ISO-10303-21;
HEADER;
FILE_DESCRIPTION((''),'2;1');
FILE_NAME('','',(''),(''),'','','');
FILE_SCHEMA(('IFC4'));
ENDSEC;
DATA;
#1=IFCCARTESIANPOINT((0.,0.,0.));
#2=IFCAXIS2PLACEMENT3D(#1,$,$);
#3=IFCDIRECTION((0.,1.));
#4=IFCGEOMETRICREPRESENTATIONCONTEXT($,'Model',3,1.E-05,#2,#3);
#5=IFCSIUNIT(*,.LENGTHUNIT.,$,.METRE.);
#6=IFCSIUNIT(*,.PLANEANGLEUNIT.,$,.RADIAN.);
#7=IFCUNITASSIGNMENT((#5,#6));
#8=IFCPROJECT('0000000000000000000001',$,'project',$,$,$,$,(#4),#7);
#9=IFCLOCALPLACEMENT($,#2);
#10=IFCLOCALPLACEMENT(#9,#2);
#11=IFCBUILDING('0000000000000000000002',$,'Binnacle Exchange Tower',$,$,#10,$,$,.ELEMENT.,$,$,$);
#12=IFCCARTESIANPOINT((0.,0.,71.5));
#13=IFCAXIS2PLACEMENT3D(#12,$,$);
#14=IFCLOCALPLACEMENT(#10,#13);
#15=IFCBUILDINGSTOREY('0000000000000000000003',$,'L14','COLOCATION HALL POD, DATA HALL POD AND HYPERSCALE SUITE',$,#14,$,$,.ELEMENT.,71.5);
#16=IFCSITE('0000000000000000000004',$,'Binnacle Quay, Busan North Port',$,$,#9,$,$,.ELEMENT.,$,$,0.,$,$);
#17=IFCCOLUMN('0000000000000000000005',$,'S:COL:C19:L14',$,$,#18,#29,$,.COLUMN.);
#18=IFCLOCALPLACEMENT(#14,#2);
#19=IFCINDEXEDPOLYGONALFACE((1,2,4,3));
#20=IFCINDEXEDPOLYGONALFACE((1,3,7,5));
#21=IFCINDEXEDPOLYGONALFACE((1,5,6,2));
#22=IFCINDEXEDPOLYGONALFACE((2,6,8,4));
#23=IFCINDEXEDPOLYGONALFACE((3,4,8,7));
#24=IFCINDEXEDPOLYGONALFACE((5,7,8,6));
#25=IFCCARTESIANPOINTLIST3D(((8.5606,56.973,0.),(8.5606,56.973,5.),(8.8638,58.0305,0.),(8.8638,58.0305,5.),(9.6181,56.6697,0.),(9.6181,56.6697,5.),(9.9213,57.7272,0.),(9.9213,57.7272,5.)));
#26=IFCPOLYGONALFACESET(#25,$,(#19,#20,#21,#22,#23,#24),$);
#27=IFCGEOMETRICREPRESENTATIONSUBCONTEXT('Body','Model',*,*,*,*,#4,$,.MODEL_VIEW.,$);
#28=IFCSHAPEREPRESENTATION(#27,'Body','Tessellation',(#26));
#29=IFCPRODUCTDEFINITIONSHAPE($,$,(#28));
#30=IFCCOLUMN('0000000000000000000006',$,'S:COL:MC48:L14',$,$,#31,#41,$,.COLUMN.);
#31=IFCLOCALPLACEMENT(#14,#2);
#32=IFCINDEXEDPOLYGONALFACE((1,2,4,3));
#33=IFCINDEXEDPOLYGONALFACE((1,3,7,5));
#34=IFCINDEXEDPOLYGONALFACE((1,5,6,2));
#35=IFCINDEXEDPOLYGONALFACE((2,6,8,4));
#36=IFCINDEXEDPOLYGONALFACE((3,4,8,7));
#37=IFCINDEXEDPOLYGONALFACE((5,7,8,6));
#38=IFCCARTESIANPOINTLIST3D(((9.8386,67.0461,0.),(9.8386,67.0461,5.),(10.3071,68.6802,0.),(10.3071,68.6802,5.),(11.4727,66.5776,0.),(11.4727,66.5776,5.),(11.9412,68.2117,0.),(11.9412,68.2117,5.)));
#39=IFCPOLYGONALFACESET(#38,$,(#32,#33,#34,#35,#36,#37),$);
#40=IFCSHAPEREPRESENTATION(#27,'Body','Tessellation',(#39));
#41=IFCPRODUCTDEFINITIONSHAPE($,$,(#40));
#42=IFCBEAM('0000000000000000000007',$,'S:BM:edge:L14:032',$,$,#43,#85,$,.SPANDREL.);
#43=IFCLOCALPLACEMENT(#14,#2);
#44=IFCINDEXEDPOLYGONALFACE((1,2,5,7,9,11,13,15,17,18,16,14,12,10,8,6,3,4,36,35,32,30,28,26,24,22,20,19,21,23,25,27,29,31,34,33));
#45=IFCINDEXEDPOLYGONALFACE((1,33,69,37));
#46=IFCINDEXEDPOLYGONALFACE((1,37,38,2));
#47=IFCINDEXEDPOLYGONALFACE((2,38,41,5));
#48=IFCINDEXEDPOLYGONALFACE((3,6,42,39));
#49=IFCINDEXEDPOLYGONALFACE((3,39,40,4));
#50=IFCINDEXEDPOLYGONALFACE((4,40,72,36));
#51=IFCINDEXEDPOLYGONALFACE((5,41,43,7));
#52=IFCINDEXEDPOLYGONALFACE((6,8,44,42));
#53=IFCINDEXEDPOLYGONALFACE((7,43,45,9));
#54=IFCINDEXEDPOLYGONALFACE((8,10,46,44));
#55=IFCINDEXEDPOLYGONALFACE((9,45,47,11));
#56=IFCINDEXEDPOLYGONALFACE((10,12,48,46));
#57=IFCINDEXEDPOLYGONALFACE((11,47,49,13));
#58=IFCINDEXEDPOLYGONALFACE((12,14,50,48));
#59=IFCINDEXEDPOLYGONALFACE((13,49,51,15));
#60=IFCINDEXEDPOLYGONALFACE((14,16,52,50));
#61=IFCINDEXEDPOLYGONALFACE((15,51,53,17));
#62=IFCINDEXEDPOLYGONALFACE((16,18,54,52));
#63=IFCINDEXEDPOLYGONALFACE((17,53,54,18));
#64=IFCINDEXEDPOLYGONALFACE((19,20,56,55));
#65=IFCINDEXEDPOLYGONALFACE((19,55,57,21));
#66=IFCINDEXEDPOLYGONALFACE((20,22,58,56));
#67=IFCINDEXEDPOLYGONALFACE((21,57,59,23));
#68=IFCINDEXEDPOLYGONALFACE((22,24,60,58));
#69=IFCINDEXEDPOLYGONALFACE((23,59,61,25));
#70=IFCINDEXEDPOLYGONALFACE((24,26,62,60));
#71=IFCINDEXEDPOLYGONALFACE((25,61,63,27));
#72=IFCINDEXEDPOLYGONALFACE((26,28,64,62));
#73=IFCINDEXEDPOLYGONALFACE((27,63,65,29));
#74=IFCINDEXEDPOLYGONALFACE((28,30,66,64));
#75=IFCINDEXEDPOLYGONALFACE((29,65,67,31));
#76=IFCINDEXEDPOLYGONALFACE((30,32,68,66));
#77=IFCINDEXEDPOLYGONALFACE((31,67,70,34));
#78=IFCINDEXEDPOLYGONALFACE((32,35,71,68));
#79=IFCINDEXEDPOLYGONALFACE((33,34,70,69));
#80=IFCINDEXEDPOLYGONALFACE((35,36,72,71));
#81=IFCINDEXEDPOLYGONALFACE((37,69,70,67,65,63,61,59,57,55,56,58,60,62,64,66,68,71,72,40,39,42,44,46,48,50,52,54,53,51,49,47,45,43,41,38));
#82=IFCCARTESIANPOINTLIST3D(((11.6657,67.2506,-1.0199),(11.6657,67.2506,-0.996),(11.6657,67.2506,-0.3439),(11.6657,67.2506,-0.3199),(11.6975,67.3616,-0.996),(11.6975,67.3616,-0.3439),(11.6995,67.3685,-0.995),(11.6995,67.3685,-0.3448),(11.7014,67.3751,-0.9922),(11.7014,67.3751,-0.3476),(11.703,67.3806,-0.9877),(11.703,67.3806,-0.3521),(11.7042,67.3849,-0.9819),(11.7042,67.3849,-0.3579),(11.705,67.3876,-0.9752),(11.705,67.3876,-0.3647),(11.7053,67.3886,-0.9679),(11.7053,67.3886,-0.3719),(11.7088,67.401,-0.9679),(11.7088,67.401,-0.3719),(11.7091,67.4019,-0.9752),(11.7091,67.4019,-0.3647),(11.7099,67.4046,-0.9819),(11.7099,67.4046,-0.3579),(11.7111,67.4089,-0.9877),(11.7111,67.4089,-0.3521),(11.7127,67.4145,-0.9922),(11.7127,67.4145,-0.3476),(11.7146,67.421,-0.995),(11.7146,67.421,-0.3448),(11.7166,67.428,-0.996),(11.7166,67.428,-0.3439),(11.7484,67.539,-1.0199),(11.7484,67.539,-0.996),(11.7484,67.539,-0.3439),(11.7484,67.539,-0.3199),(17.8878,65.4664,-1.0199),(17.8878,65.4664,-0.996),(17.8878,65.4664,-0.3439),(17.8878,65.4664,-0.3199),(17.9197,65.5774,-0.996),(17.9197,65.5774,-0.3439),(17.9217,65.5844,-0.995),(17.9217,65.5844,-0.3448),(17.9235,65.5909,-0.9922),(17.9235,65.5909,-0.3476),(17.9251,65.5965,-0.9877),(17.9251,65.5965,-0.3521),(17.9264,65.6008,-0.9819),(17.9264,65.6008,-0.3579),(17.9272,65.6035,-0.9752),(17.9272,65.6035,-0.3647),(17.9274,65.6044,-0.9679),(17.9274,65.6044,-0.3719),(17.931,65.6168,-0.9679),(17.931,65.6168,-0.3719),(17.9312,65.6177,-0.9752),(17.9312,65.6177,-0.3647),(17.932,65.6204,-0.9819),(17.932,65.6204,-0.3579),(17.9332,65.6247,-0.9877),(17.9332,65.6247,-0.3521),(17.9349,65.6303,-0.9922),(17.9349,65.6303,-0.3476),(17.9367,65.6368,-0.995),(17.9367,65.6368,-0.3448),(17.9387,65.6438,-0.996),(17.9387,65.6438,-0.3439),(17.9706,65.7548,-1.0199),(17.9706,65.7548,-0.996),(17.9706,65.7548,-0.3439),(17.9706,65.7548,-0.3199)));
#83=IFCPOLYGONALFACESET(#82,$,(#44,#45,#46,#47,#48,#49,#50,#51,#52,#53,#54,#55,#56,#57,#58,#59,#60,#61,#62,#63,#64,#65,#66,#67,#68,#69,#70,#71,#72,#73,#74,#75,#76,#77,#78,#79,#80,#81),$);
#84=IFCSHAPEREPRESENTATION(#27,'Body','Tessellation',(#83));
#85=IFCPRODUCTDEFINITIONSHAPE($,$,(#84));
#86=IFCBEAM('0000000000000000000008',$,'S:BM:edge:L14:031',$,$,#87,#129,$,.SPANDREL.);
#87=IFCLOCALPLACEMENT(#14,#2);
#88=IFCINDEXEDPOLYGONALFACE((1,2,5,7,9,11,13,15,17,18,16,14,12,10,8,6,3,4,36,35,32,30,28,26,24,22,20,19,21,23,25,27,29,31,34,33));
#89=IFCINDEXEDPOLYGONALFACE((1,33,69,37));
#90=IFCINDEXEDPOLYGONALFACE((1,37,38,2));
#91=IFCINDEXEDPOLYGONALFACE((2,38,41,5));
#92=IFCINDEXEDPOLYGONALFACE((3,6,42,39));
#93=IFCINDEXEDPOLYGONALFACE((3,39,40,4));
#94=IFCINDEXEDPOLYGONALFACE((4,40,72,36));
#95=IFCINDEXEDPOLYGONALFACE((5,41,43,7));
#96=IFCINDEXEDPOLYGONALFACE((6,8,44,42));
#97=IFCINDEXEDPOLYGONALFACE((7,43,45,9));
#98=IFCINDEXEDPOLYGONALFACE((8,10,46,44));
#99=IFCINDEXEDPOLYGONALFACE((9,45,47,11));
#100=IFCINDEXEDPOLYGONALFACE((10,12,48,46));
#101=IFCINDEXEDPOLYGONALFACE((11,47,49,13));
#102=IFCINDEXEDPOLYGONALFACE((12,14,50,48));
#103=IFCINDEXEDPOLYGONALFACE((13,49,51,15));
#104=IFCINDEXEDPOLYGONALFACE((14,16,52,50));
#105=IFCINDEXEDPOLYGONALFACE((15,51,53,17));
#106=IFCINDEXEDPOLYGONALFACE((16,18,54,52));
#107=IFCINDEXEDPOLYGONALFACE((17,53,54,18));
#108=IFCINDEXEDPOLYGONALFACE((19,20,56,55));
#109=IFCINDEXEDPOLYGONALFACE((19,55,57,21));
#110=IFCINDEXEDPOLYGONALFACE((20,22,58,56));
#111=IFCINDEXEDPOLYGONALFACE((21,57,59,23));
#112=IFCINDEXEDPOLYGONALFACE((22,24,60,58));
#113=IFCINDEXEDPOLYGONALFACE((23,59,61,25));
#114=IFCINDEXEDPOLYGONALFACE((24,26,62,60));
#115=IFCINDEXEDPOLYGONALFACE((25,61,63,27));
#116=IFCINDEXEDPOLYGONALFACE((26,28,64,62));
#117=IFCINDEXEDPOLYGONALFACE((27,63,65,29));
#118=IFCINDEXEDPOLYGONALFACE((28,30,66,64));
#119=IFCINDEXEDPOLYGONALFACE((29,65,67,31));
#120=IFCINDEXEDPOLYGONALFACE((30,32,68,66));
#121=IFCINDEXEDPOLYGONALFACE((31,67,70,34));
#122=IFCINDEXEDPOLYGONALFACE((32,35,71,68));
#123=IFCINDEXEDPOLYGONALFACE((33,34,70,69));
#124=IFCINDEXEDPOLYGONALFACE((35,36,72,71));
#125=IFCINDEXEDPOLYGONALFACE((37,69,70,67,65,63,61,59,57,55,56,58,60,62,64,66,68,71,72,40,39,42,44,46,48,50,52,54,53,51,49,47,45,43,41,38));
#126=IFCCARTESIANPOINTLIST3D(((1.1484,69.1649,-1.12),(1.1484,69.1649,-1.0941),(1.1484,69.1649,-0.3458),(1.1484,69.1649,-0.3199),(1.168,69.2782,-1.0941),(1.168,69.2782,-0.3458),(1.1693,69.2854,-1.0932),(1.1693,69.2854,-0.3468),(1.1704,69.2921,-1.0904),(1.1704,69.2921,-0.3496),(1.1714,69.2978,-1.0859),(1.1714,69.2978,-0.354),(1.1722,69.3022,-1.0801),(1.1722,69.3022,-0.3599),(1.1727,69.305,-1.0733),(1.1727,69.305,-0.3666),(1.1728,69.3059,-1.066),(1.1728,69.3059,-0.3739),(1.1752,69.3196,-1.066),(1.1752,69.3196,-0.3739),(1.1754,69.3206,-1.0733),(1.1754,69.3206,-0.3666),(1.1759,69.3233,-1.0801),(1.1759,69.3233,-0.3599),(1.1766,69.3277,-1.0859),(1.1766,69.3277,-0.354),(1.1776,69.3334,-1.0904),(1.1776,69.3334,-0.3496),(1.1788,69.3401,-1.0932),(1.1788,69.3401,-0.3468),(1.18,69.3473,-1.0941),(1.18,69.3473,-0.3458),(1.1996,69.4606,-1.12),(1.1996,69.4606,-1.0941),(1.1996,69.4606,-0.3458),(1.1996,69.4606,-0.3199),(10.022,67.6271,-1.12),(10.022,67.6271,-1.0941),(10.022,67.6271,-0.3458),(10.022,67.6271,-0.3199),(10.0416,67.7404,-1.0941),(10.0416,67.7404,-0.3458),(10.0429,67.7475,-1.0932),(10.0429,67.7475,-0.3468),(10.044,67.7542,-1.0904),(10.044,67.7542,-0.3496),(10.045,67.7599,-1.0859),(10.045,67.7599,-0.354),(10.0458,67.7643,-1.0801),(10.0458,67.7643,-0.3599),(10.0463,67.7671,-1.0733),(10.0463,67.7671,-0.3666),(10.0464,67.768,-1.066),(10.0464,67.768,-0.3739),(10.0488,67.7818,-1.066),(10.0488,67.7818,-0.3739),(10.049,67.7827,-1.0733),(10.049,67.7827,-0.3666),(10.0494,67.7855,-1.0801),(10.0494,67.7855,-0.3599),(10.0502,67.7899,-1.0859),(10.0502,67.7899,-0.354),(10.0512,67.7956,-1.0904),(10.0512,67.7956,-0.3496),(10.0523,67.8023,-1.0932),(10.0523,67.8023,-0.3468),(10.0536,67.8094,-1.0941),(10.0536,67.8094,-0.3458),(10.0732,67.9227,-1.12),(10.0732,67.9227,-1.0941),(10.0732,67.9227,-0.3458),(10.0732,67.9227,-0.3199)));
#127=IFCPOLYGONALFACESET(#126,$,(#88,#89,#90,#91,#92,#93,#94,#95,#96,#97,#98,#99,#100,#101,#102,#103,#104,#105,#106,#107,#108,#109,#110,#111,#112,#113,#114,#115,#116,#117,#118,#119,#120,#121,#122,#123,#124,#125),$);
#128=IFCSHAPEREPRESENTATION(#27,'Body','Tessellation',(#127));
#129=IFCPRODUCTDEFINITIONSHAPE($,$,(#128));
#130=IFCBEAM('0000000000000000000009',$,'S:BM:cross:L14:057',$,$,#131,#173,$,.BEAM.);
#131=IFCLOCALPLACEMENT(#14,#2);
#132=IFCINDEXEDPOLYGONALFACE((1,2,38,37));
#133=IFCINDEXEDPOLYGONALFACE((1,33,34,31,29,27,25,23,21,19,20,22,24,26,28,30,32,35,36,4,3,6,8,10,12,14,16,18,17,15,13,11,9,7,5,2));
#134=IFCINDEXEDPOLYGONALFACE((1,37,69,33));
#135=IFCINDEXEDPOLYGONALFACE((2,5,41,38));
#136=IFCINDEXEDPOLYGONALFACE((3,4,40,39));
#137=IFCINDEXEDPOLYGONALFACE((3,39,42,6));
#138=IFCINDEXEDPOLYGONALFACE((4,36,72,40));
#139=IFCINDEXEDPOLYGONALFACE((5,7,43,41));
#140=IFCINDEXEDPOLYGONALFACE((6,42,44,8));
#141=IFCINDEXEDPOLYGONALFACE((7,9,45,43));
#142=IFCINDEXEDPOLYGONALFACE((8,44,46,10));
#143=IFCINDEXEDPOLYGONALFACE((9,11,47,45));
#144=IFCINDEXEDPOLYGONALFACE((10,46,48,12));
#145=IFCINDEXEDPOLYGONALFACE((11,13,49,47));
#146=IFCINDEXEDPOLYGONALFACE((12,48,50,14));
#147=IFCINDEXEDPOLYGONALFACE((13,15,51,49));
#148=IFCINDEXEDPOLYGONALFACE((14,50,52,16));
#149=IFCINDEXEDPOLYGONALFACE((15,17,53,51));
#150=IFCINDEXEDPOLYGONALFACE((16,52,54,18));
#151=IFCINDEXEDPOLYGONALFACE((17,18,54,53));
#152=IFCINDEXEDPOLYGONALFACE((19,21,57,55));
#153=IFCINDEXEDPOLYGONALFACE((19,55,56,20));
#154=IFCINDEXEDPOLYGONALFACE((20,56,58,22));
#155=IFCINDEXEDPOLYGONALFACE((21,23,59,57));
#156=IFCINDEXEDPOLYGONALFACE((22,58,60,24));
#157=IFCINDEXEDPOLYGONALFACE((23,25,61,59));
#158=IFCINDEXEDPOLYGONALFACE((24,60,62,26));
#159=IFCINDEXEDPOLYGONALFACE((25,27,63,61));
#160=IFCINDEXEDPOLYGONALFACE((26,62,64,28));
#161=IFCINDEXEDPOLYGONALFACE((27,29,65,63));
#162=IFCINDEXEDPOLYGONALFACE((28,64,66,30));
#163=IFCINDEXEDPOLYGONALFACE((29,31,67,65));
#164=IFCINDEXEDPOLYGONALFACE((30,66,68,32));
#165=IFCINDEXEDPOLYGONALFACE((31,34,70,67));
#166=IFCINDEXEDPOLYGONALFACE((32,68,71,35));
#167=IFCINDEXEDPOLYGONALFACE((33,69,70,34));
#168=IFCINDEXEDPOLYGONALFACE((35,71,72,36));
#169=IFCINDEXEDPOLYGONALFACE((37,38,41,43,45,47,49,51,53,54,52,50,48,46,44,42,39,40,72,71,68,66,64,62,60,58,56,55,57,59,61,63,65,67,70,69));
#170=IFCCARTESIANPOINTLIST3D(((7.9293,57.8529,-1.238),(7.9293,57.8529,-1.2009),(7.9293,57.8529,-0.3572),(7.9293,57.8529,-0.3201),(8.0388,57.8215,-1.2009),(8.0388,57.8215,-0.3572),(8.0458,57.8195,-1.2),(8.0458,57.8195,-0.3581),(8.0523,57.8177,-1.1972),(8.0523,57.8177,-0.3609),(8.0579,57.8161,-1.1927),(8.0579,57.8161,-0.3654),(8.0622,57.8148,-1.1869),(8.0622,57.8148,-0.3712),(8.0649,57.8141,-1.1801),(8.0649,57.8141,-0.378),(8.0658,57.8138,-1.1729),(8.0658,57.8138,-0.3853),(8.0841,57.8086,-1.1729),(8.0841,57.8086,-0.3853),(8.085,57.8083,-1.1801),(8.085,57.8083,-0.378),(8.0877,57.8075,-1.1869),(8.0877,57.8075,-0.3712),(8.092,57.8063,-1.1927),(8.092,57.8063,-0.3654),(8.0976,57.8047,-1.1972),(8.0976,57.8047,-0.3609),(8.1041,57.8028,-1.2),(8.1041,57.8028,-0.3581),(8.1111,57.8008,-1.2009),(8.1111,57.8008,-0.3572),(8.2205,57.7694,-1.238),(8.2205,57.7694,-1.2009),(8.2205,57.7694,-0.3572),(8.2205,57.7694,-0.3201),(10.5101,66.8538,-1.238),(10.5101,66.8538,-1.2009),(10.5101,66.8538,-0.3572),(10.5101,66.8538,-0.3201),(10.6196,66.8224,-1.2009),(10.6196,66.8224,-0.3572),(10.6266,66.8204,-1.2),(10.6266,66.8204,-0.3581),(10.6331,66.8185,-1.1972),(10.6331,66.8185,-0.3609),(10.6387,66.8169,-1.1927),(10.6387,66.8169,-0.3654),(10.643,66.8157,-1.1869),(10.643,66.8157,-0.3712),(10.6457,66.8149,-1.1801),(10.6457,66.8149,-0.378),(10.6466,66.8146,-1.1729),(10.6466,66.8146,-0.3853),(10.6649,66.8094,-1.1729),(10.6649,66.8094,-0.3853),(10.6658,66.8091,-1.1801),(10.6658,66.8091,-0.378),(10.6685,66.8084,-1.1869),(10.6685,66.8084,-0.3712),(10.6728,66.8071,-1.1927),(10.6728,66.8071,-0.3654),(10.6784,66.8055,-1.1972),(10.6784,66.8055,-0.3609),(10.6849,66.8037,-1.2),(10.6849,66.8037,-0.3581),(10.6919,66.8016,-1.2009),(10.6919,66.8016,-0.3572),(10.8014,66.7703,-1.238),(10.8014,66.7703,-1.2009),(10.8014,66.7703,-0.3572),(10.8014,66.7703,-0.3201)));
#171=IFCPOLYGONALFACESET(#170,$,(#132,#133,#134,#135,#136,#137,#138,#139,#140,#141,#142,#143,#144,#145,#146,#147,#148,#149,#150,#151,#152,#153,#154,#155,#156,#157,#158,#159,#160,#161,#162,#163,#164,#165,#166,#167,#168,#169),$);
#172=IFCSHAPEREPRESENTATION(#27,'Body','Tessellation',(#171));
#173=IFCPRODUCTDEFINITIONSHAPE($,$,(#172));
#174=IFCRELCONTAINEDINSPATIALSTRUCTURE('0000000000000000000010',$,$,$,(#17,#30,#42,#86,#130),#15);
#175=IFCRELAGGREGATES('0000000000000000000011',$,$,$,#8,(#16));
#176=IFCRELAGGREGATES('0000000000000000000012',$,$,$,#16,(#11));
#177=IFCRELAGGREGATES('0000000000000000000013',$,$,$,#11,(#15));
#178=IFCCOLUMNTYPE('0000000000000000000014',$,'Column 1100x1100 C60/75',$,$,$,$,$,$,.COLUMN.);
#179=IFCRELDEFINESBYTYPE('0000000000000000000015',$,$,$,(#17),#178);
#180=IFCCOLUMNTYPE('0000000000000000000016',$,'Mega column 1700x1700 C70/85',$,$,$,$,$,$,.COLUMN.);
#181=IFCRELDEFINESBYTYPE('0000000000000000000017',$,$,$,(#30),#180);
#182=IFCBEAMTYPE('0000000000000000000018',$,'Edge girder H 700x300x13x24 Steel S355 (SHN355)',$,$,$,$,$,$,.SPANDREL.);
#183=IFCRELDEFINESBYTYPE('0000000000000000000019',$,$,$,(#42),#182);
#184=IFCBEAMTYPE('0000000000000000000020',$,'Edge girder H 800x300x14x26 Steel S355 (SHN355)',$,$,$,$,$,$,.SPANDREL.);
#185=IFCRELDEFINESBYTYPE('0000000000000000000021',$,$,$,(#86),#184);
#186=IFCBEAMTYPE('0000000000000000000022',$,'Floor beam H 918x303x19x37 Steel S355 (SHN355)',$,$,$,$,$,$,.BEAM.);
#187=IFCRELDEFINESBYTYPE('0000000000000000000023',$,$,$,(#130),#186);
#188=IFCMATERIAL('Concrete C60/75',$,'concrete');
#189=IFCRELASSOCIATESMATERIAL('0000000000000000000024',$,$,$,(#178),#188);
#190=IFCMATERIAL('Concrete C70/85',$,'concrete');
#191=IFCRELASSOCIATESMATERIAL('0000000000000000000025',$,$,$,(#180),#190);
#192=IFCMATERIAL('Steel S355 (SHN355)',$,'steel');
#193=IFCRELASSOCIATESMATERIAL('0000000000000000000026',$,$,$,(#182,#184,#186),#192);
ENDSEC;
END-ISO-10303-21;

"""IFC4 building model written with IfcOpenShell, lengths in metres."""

from ifc_helpers import new_model, si_unit, direction, frame, origin, origin_2d, place, context, subcontext, project, spatial, rectangle, i_section, extrude, material, material_profile, profile_set, type_object, element, save


model = new_model("IFC4")

# Units and contexts
model_context = context("Model", 3, precision=1e-05, world=origin(), true_north=direction((0.0, 1.0)))
body_context = subcontext(model_context, "Body", "Model", "MODEL_VIEW")
ifc_project = project(units=[si_unit("LENGTHUNIT", "METRE"), si_unit("PLANEANGLEUNIT", "RADIAN")], contexts=[model_context])

# Site, building, storey
site_placement = place(None, origin())
site = spatial("IfcSite", under=ifc_project, at=site_placement, Name="Binnacle Quay, Busan North Port", CompositionType="ELEMENT", RefElevation=0.0)
building_placement = place(site_placement, origin())
building = spatial("IfcBuilding", under=site, at=building_placement, Name="Binnacle Exchange Tower", CompositionType="ELEMENT")
storey_placement = place(building_placement, frame((0.0, 0.0, 71.5)))
storey = spatial("IfcBuildingStorey", under=building, at=storey_placement, Name="L14", Description="COLOCATION HALL POD, DATA HALL POD AND HYPERSCALE SUITE", CompositionType="ELEMENT", Elevation=71.5)

# Columns
ifc_material_1 = material(Name="Concrete C60/75", Category="concrete")
ifc_material_profile_1 = material_profile(ifc_material_1, rectangle(XDim=1.1001, YDim=1.1001, at=origin_2d()), Name="Column 1100x1100 C60/75")
ifc_profile_set_1 = profile_set([ifc_material_profile_1], Name="Concrete C60/75")
column_type_1 = type_object("IfcColumnType", Name="Column 1100x1100 C60/75", PredefinedType="COLUMN", material=ifc_profile_set_1)
column_1_placement = place(storey_placement, frame((9.241, 57.3501, 0.0), z_axis=(0.0, 0.0, 1.0), x_axis=(0.961262, -0.275637, 0.0)))
element("IfcColumn", 1, at=column_1_placement, inside=storey, type_object=column_type_1, Name="S:COL:C19:L14", PredefinedType="COLUMN", context=body_context, shape_type="SweptSolid", body=[
    extrude(rectangle(XDim=1.1001, YDim=1.1001, at=origin_2d()), origin(), (0.0, 0.0, 1.0), 5.0),
])
ifc_material_2 = material(Name="Concrete C70/85", Category="concrete")
ifc_material_profile_2 = material_profile(ifc_material_2, rectangle(XDim=1.7, YDim=1.7, at=origin_2d()), Name="Mega column 1700x1700 C70/85")
ifc_profile_set_2 = profile_set([ifc_material_profile_2], Name="Concrete C70/85")
column_type_2 = type_object("IfcColumnType", Name="Mega column 1700x1700 C70/85", PredefinedType="COLUMN", material=ifc_profile_set_2)
column_2_placement = place(storey_placement, frame((10.8899, 67.6289, 0.0), z_axis=(0.0, 0.0, 1.0), x_axis=(-0.961262, 0.275637, 0.0)))
element("IfcColumn", 2, at=column_2_placement, inside=storey, type_object=column_type_2, Name="S:COL:MC48:L14", PredefinedType="COLUMN", context=body_context, shape_type="SweptSolid", body=[
    extrude(rectangle(XDim=1.7, YDim=1.7, at=origin_2d()), origin(), (0.0, 0.0, 1.0), 5.0),
])

# Beams
ifc_material_3 = material(Name="Steel S355 (SHN355)", Category="steel")
ifc_material_profile_3 = material_profile(ifc_material_3, i_section(OverallWidth=0.3, OverallDepth=0.7, WebThickness=0.0129, FlangeThickness=0.0239, FilletRadius=0.0281, at=origin_2d()), Name="H 700x300x13x24")
ifc_profile_set_3 = profile_set([ifc_material_profile_3], Name="Steel S355 (SHN355)")
beam_type_1 = type_object("IfcBeamType", Name="Edge girder H 700x300x13x24 Steel S355 (SHN355)", PredefinedType="SPANDREL", material=ifc_profile_set_3)
beam_1_placement = place(storey_placement, frame((17.9292, 65.6106, -0.6699), z_axis=(-0.961262, 0.275638, 0.0), x_axis=(-0.275638, -0.961262, 0.0)))
element("IfcBeam", 3, at=beam_1_placement, inside=storey, type_object=beam_type_1, Name="S:BM:edge:L14:032", PredefinedType="SPANDREL", context=body_context, shape_type="SweptSolid", body=[
    extrude(i_section(OverallWidth=0.3, OverallDepth=0.7, WebThickness=0.0129, FlangeThickness=0.0239, FilletRadius=0.0281, at=origin_2d()), origin(), (0.0, 0.0, 1.0), 6.4729),
])
ifc_material_profile_4 = material_profile(ifc_material_3, i_section(OverallWidth=0.3, OverallDepth=0.8, WebThickness=0.0139, FlangeThickness=0.0259, FilletRadius=0.0281, at=origin_2d()), Name="H 800x300x14x26")
ifc_profile_set_4 = profile_set([ifc_material_profile_4], Name="Steel S355 (SHN355)")
beam_type_2 = type_object("IfcBeamType", Name="Edge girder H 800x300x14x26 Steel S355 (SHN355)", PredefinedType="SPANDREL", material=ifc_profile_set_4)
beam_2_placement = place(storey_placement, frame((10.0476, 67.7749, -0.72), z_axis=(-0.985312, 0.170761, 0.0), x_axis=(-0.170761, -0.985312, 0.0)))
element("IfcBeam", 4, at=beam_2_placement, inside=storey, type_object=beam_type_2, Name="S:BM:edge:L14:031", PredefinedType="SPANDREL", context=body_context, shape_type="SweptSolid", body=[
    extrude(i_section(OverallWidth=0.3, OverallDepth=0.8, WebThickness=0.0139, FlangeThickness=0.0259, FilletRadius=0.0281, at=origin_2d()), origin(), (0.0, 0.0, 1.0), 9.0059),
])
ifc_material_profile_5 = material_profile(ifc_material_3, i_section(OverallWidth=0.303, OverallDepth=0.918, WebThickness=0.019, FlangeThickness=0.0371, FilletRadius=0.0281, at=origin_2d()), Name="H 918x303x19x37")
ifc_profile_set_5 = profile_set([ifc_material_profile_5], Name="Steel S355 (SHN355)")
beam_type_3 = type_object("IfcBeamType", Name="Floor beam H 918x303x19x37 Steel S355 (SHN355)", PredefinedType="BEAM", material=ifc_profile_set_5)
beam_3_placement = place(storey_placement, frame((10.6558, 66.812, -0.7791), z_axis=(-0.275627, -0.961265, 0.0), x_axis=(0.961265, -0.275627, 0.0)))
element("IfcBeam", 5, at=beam_3_placement, inside=storey, type_object=beam_type_3, Name="S:BM:cross:L14:057", PredefinedType="BEAM", context=body_context, shape_type="SweptSolid", body=[
    extrude(i_section(OverallWidth=0.303, OverallDepth=0.918, WebThickness=0.019, FlangeThickness=0.0371, FilletRadius=0.0281, at=origin_2d()), origin(), (0.0, 0.0, 1.0), 9.3635),
])

save(model, "model.ifc")
